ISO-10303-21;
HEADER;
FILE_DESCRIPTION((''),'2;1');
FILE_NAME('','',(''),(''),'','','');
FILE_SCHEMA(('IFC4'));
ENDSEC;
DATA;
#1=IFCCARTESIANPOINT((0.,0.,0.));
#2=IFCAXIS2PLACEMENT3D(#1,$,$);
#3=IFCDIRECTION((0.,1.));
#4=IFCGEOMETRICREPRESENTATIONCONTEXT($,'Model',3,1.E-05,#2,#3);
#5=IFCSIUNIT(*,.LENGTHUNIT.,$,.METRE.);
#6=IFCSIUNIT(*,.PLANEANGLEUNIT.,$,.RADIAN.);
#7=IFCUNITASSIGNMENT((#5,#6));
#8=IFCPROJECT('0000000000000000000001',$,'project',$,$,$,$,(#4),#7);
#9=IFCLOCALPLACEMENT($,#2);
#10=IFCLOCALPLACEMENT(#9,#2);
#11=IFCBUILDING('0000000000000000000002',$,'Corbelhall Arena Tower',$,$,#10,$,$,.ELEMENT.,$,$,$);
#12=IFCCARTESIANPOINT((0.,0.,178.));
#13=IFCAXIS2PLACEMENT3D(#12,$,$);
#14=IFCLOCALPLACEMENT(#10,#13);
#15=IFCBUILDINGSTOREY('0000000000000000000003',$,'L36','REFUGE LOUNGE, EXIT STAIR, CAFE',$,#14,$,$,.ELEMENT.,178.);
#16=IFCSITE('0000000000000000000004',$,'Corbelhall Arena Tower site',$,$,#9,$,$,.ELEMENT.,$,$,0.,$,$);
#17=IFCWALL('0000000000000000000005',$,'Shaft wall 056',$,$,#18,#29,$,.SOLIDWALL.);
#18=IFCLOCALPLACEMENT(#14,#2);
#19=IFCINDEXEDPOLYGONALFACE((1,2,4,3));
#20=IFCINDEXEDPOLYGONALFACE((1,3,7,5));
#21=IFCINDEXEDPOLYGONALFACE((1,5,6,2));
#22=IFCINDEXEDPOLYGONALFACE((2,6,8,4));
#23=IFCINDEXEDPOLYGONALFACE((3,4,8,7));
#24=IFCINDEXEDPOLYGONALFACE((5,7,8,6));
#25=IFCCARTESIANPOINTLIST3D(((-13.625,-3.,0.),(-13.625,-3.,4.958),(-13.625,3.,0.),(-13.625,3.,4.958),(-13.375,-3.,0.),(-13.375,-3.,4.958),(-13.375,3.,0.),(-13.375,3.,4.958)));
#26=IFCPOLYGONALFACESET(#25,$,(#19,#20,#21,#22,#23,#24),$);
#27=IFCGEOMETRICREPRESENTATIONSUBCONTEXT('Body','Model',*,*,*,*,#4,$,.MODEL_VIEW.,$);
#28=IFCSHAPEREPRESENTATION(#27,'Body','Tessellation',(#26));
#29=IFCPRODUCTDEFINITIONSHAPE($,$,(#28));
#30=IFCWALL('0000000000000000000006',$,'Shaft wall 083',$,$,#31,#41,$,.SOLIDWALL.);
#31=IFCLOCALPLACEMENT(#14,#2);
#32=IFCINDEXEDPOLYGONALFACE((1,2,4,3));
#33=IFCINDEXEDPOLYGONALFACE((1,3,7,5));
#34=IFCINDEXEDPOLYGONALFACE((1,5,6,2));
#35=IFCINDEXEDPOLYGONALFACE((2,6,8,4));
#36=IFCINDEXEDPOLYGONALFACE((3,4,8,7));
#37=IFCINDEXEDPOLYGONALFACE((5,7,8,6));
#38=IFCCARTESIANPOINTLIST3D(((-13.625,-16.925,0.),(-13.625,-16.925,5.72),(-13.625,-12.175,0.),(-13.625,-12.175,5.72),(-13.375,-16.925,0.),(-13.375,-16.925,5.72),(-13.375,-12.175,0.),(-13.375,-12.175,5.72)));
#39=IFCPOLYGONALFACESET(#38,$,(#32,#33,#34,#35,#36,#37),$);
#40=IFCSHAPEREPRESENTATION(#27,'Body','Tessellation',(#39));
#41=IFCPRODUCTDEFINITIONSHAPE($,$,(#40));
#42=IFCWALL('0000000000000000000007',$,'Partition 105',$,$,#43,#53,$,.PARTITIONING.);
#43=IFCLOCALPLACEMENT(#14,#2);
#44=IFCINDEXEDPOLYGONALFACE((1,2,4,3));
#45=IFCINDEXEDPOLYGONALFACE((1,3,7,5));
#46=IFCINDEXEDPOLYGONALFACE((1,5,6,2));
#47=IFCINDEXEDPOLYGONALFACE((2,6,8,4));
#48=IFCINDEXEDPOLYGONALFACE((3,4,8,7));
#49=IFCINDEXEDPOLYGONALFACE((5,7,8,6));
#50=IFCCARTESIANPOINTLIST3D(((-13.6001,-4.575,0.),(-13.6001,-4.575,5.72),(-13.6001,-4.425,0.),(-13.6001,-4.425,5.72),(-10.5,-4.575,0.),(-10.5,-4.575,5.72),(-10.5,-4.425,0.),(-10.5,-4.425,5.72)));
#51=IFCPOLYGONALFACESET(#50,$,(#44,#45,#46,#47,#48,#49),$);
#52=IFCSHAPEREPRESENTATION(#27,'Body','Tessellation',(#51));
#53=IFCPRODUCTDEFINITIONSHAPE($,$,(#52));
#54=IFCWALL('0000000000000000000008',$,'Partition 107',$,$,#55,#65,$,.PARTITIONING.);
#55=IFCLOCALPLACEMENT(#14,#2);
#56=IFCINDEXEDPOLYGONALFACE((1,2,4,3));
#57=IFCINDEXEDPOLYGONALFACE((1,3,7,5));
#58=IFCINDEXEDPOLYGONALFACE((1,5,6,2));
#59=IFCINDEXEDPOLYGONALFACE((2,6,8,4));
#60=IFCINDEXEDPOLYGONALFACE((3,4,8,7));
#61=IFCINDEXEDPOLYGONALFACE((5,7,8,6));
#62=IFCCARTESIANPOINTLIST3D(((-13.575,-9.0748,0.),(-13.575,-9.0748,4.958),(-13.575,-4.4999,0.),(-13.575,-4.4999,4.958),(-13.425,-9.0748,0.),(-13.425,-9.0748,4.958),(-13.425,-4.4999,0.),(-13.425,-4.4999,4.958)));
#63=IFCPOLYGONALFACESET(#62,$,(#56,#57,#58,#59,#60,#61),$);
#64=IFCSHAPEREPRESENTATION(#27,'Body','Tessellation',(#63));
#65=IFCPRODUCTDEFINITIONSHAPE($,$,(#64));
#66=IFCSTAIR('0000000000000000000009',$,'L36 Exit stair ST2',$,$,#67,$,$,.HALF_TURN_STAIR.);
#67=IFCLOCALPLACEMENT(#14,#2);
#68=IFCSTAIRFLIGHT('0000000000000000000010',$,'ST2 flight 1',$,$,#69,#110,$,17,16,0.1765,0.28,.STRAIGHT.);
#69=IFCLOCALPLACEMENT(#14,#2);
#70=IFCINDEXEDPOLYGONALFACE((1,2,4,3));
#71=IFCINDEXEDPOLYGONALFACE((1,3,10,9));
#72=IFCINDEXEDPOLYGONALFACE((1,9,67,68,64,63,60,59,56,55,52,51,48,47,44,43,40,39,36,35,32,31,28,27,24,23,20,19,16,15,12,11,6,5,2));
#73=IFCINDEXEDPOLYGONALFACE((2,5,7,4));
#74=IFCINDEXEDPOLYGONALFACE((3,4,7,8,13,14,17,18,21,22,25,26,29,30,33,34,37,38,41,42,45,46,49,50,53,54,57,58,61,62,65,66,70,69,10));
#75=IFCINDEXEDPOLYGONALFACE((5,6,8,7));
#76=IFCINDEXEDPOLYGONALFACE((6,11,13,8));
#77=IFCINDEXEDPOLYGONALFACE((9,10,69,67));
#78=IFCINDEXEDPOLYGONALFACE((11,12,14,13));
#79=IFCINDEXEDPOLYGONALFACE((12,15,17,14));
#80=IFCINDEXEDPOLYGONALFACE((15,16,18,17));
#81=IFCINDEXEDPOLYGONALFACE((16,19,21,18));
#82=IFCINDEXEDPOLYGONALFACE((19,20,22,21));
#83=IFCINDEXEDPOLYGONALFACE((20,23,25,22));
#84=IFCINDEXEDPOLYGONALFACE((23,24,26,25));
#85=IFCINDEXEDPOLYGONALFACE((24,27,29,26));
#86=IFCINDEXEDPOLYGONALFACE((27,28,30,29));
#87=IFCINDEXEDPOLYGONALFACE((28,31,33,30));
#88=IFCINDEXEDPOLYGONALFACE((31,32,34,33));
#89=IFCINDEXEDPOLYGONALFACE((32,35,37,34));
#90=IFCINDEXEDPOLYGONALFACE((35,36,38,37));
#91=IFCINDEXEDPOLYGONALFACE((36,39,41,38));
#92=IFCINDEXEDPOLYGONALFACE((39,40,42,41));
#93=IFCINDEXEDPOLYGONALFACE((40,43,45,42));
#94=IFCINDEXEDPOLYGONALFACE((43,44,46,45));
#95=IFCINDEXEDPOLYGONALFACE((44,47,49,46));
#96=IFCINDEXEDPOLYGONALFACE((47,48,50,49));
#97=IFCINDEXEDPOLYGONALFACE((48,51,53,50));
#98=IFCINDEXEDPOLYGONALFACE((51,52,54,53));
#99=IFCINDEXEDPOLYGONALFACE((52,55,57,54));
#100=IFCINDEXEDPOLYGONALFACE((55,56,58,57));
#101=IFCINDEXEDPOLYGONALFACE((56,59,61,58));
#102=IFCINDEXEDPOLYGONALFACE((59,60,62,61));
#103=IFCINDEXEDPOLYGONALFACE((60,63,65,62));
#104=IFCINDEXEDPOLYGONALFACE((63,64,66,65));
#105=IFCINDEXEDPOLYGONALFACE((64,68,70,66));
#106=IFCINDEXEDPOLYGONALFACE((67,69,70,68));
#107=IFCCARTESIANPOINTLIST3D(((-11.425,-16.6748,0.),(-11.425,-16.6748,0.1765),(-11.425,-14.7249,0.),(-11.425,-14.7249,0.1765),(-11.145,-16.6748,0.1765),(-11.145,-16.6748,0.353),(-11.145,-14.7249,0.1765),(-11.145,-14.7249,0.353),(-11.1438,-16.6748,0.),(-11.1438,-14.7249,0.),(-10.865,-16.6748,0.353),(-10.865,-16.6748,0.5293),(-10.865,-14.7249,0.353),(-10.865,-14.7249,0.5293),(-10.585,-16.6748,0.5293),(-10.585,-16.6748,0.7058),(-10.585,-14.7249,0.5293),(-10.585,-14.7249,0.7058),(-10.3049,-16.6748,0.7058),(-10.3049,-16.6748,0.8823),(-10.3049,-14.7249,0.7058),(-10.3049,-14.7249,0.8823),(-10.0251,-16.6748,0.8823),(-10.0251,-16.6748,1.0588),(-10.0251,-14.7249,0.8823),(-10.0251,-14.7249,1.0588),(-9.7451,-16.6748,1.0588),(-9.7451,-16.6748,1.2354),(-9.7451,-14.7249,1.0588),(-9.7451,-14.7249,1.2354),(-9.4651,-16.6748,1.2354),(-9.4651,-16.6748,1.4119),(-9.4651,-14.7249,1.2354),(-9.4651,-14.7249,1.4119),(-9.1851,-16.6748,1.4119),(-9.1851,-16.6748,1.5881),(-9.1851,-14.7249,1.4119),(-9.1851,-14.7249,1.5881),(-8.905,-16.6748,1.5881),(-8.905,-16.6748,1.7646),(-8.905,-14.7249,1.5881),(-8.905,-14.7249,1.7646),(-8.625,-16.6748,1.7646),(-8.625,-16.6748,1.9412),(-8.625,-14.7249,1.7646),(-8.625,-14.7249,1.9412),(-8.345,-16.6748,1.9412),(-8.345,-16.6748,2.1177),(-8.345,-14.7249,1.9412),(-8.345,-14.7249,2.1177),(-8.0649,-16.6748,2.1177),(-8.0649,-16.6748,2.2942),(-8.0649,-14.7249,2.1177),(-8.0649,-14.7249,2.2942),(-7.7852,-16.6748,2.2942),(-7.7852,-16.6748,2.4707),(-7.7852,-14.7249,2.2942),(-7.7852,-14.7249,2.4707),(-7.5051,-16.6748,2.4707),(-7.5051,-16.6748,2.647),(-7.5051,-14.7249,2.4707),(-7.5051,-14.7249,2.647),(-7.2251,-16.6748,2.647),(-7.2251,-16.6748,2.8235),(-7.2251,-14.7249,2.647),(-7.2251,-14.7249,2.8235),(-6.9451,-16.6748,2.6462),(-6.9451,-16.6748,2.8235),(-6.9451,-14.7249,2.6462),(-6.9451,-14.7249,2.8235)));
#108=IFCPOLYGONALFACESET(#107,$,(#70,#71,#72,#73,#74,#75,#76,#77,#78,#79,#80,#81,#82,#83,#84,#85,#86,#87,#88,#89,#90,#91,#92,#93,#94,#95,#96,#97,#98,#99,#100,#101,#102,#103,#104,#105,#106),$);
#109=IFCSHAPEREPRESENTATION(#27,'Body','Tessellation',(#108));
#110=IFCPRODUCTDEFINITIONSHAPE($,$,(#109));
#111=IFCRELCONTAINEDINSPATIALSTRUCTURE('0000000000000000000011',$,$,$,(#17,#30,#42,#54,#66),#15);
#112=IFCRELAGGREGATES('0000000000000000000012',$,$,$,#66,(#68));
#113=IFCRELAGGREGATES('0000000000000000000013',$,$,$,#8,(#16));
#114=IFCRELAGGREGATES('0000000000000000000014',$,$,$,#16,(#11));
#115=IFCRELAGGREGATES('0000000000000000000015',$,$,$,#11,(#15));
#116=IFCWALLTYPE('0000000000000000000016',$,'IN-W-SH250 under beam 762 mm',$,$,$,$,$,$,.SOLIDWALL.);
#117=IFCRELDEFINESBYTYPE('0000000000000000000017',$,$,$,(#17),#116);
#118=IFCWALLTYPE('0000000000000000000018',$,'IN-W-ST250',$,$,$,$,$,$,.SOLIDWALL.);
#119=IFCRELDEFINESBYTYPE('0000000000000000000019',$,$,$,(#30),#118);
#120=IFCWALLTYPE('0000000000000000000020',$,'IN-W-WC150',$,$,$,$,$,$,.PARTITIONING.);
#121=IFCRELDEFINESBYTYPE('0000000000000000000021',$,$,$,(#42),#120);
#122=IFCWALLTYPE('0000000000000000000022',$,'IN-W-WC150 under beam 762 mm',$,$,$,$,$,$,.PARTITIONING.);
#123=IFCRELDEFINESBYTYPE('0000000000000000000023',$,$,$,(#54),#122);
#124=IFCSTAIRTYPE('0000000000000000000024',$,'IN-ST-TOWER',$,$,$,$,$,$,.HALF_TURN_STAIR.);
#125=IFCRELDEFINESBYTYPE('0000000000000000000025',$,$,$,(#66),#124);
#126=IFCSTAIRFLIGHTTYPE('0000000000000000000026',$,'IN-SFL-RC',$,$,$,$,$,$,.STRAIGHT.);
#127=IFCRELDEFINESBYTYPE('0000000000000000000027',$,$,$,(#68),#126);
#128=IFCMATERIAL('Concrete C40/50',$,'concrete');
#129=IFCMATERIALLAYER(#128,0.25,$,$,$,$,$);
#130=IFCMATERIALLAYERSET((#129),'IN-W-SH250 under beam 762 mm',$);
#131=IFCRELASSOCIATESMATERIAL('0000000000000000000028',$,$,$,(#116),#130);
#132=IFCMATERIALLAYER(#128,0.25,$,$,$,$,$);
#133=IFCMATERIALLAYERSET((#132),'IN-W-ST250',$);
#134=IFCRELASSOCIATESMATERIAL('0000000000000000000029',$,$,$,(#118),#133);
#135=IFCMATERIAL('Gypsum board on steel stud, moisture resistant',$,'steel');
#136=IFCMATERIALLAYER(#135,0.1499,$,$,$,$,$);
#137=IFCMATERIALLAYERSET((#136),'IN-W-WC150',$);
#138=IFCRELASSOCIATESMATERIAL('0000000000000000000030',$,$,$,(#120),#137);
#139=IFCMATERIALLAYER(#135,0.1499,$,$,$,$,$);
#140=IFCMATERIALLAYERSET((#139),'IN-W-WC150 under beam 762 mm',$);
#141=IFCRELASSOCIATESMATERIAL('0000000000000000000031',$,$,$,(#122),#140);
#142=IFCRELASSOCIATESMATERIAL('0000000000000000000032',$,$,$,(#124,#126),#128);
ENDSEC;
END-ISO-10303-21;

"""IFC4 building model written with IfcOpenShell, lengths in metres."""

from ifc_helpers import new_model, si_unit, direction, frame, frame_2d, origin, place, context, subcontext, project, spatial, polyline, rectangle, outline, extrude, material, layer, layer_set, type_object, element, aggregate, save


model = new_model("IFC4")

# Units and contexts
model_context = context("Model", 3, precision=1e-05, world=origin(), true_north=direction((0.0, 1.0)))
body_context = subcontext(model_context, "Body", "Model", "MODEL_VIEW")
ifc_project = project(units=[si_unit("LENGTHUNIT", "METRE"), si_unit("PLANEANGLEUNIT", "RADIAN")], contexts=[model_context])

# Site, building, storey
site_placement = place(None, origin())
site = spatial("IfcSite", under=ifc_project, at=site_placement, Name="Corbelhall Arena Tower site", CompositionType="ELEMENT", RefElevation=0.0)
building_placement = place(site_placement, origin())
building = spatial("IfcBuilding", under=site, at=building_placement, Name="Corbelhall Arena Tower", CompositionType="ELEMENT")
storey_placement = place(building_placement, frame((0.0, 0.0, 178.0)))
storey = spatial("IfcBuildingStorey", under=building, at=storey_placement, Name="L36", Description="REFUGE LOUNGE, EXIT STAIR, CAFE", CompositionType="ELEMENT", Elevation=178.0)

# Shared definitions
ifc_material_1 = material(Name="Concrete C40/50", Category="concrete")

# Walls
ifc_layer_1 = layer(ifc_material_1, 0.25)
ifc_layer_set_1 = layer_set([ifc_layer_1], Name="IN-W-SH250 under beam 762 mm")
wall_type_1 = type_object("IfcWallType", Name="IN-W-SH250 under beam 762 mm", PredefinedType="SOLIDWALL", material=ifc_layer_set_1)
wall_1_placement = place(storey_placement, frame((-13.5, -3.0, 0.0), z_axis=(0.0, 0.0, 1.0), x_axis=(0.0, 1.0, 0.0)))
element("IfcWall", 1, at=wall_1_placement, inside=storey, type_object=wall_type_1, Name="Shaft wall 056", PredefinedType="SOLIDWALL", context=body_context, shape_type="SweptSolid", body=[
    extrude(rectangle(XDim=6.0, YDim=0.25, at=frame_2d((3.0, 0.0))), origin(), (0.0, 0.0, 1.0), 4.958),
])
ifc_layer_2 = layer(ifc_material_1, 0.25)
ifc_layer_set_2 = layer_set([ifc_layer_2], Name="IN-W-ST250")
wall_type_2 = type_object("IfcWallType", Name="IN-W-ST250", PredefinedType="SOLIDWALL", material=ifc_layer_set_2)
wall_2_placement = place(storey_placement, frame((-13.5, -12.175, 0.0), z_axis=(0.0, 0.0, 1.0), x_axis=(0.0, -1.0, 0.0)))
element("IfcWall", 2, at=wall_2_placement, inside=storey, type_object=wall_type_2, Name="Shaft wall 083", PredefinedType="SOLIDWALL", context=body_context, shape_type="SweptSolid", body=[
    extrude(rectangle(XDim=4.75, YDim=0.25, at=frame_2d((2.375, 0.0))), origin(), (0.0, 0.0, 1.0), 5.72),
])
ifc_material_2 = material(Name="Gypsum board on steel stud, moisture resistant", Category="steel")
ifc_layer_3 = layer(ifc_material_2, 0.1499)
ifc_layer_set_3 = layer_set([ifc_layer_3], Name="IN-W-WC150")
wall_type_3 = type_object("IfcWallType", Name="IN-W-WC150", PredefinedType="PARTITIONING", material=ifc_layer_set_3)
wall_3_placement = place(storey_placement, frame((-13.6001, -4.5, 0.0), z_axis=(0.0, 0.0, 1.0), x_axis=(1.0, 0.0, 0.0)))
element("IfcWall", 3, at=wall_3_placement, inside=storey, type_object=wall_type_3, Name="Partition 105", PredefinedType="PARTITIONING", context=body_context, shape_type="SweptSolid", body=[
    extrude(rectangle(XDim=3.1001, YDim=0.1499, at=frame_2d((1.55, 0.0))), origin(), (0.0, 0.0, 1.0), 5.72),
])
ifc_layer_4 = layer(ifc_material_2, 0.1499)
ifc_layer_set_4 = layer_set([ifc_layer_4], Name="IN-W-WC150 under beam 762 mm")
wall_type_4 = type_object("IfcWallType", Name="IN-W-WC150 under beam 762 mm", PredefinedType="PARTITIONING", material=ifc_layer_set_4)
wall_4_placement = place(storey_placement, frame((-13.5, -9.075, 0.0), z_axis=(0.0, 0.0, 1.0), x_axis=(0.0, 1.0, 0.0)))
element("IfcWall", 4, at=wall_4_placement, inside=storey, type_object=wall_type_4, Name="Partition 107", PredefinedType="PARTITIONING", context=body_context, shape_type="SweptSolid", body=[
    extrude(rectangle(XDim=4.575, YDim=0.1499, at=frame_2d((2.2876, 0.0))), origin(), (0.0, 0.0, 1.0), 4.958),
])

# Stair, stair flight
stair_type = type_object("IfcStairType", Name="IN-ST-TOWER", PredefinedType="HALF_TURN_STAIR", material=ifc_material_1)
stair_placement = place(storey_placement, origin())
stair = element("IfcStair", 5, at=stair_placement, inside=storey, type_object=stair_type, Name="L36 Exit stair ST2", PredefinedType="HALF_TURN_STAIR")
stair_flight_type = type_object("IfcStairFlightType", Name="IN-SFL-RC", PredefinedType="STRAIGHT", material=ifc_material_1)
stair_flight_placement = place(storey_placement, frame((-11.425, -15.7, 0.0), z_axis=(0.0, 0.0, 1.0), x_axis=(1.0, 0.0, 0.0)))
stair_flight = element("IfcStairFlight", 6, at=stair_flight_placement, type_object=stair_flight_type, Name="ST2 flight 1", NumberOfRisers=17, NumberOfTreads=16, PredefinedType="STRAIGHT", RiserHeight=0.1765, TreadLength=0.28, context=body_context, shape_type="SweptSolid", body=[
    extrude(outline(polyline([(0.0, 0.0), (0.0, 0.1765), (0.28, 0.1765), (0.28, 0.353), (0.5601, 0.353), (0.5601, 0.5293), (0.8401, 0.5293), (0.8401, 0.7058), (1.1201, 0.7058), (1.1201, 0.8823), (1.3999, 0.8823), (1.3999, 1.0588), (1.6799, 1.0588), (1.6799, 1.2354), (1.96, 1.2354), (1.96, 1.4119), (2.24, 1.4119), (2.24, 1.5881), (2.52, 1.5881), (2.52, 1.7646), (2.8, 1.7646), (2.8, 1.9412), (3.0801, 1.9412), (3.0801, 2.1177), (3.3601, 2.1177), (3.3601, 2.2942), (3.6399, 2.2942), (3.6399, 2.4707), (3.9199, 2.4707), (3.9199, 2.647), (4.2, 2.647), (4.2, 2.8235), (4.48, 2.8235), (4.48, 3.0), (4.48, 2.6462), (0.2812, 0.0), (0.0, 0.0)])), frame((0.0, 0.9751, 0.0), z_axis=(0.0, -1.0, 0.0), x_axis=(1.0, 0.0, 0.0)), (0.0, 0.0, 1.0), 1.95),
])
aggregate(stair, [stair_flight])

save(model, "model.ifc")
